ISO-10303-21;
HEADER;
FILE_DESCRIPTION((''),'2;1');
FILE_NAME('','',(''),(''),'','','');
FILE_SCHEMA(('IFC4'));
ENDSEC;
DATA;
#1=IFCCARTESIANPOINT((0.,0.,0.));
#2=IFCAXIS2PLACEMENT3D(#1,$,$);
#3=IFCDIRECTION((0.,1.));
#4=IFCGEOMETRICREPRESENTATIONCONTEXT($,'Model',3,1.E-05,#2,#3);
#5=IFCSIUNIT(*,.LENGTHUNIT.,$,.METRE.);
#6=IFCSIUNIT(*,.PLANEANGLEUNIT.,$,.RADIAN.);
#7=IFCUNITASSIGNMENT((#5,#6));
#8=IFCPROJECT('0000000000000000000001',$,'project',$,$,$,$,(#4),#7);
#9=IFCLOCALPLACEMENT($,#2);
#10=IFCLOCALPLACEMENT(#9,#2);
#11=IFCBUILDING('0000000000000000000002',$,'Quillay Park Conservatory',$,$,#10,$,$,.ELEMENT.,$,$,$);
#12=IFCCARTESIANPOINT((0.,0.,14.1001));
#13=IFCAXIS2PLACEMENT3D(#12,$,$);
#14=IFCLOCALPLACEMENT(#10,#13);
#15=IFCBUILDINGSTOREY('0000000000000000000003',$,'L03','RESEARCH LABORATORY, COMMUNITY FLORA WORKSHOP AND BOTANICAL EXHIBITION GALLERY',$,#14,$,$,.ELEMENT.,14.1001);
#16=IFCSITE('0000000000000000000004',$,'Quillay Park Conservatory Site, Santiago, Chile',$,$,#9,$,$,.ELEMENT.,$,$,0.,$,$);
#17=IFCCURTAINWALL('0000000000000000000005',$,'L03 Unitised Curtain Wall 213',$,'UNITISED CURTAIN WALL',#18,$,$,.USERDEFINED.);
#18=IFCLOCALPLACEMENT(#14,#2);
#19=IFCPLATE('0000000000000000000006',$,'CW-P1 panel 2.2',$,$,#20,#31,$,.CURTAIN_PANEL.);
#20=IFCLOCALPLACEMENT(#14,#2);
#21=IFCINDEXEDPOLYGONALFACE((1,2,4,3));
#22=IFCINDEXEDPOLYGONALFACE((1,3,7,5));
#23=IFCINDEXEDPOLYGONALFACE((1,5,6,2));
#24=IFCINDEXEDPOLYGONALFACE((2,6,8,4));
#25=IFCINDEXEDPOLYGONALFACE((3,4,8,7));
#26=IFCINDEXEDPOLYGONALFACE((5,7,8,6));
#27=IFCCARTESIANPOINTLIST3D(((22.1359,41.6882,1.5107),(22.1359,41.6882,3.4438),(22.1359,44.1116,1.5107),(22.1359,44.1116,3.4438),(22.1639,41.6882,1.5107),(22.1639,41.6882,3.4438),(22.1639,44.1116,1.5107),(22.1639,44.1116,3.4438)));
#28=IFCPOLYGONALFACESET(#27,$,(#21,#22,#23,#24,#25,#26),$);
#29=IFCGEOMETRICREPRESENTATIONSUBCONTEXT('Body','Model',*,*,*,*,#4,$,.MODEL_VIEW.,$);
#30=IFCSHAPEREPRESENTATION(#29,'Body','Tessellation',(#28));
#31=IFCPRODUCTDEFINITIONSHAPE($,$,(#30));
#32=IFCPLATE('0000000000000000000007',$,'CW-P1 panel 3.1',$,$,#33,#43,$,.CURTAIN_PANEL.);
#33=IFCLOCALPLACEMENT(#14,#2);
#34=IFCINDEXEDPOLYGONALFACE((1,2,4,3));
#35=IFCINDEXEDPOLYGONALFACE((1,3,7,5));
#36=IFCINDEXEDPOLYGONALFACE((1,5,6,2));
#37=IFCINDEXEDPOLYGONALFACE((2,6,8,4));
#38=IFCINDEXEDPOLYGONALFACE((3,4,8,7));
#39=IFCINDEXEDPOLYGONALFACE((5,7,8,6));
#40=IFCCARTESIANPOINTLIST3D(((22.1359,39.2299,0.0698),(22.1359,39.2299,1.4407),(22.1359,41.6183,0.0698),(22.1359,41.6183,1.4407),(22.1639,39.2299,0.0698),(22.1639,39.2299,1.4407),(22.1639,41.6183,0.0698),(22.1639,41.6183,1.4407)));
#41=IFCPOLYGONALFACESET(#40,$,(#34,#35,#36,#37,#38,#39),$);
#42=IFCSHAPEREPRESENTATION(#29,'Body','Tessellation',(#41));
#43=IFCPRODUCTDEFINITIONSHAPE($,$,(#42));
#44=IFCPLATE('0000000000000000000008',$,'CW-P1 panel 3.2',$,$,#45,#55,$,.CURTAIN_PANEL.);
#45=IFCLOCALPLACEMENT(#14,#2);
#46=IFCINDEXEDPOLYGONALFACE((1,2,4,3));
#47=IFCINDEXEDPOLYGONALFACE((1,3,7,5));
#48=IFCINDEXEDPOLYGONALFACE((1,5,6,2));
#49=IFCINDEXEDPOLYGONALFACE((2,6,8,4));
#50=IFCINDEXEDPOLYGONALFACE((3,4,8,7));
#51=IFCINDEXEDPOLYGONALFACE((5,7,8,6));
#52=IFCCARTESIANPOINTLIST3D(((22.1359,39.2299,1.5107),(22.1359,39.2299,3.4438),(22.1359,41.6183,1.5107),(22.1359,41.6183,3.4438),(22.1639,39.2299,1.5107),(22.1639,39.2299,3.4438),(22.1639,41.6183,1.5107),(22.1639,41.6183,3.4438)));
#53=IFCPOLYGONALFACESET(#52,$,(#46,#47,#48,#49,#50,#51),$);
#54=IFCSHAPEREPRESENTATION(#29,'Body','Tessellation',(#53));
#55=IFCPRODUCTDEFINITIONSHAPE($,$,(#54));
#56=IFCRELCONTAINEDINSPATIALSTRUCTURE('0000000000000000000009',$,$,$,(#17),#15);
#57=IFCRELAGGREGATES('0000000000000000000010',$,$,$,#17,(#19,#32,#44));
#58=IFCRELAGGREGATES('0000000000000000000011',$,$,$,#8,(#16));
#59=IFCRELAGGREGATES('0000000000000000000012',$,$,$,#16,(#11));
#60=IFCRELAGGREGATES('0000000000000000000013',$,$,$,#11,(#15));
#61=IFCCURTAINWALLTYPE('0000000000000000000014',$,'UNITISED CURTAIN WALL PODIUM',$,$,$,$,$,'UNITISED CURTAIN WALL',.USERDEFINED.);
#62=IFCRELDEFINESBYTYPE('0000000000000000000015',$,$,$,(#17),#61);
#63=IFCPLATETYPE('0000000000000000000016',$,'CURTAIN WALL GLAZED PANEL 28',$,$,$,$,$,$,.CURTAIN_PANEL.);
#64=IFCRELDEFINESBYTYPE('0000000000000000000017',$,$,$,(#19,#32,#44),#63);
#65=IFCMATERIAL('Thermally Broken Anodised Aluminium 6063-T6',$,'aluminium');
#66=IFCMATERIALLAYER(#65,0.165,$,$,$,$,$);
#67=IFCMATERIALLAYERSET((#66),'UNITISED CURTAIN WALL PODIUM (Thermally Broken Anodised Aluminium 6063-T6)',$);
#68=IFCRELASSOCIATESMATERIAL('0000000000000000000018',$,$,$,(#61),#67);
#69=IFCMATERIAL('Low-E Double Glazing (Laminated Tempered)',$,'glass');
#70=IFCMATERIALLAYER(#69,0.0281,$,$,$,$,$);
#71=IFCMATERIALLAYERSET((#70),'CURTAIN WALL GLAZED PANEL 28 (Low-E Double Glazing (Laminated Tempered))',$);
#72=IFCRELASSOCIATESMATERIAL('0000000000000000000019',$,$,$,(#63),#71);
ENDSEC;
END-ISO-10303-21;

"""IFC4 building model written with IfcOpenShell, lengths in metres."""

from ifc_helpers import new_model, si_unit, direction, frame, origin, origin_2d, place, context, subcontext, project, spatial, rectangle, extrude, material, layer, layer_set, type_object, element, aggregate, save


model = new_model("IFC4")

# Units and contexts
model_context = context("Model", 3, precision=1e-05, world=origin(), true_north=direction((0.0, 1.0)))
body_context = subcontext(model_context, "Body", "Model", "MODEL_VIEW")
ifc_project = project(units=[si_unit("LENGTHUNIT", "METRE"), si_unit("PLANEANGLEUNIT", "RADIAN")], contexts=[model_context])

# Site, building, storey
site_placement = place(None, origin())
site = spatial("IfcSite", under=ifc_project, at=site_placement, Name="Quillay Park Conservatory Site, Santiago, Chile", CompositionType="ELEMENT", RefElevation=0.0)
building_placement = place(site_placement, origin())
building = spatial("IfcBuilding", under=site, at=building_placement, Name="Quillay Park Conservatory", CompositionType="ELEMENT")
storey_placement = place(building_placement, frame((0.0, 0.0, 14.1001)))
storey = spatial("IfcBuildingStorey", under=building, at=storey_placement, Name="L03", Description="RESEARCH LABORATORY, COMMUNITY FLORA WORKSHOP AND BOTANICAL EXHIBITION GALLERY", CompositionType="ELEMENT", Elevation=14.1001)

# Shared definitions
ifc_material_1 = material(Name="Thermally Broken Anodised Aluminium 6063-T6", Category="aluminium")
ifc_layer_1 = layer(ifc_material_1, 0.165)
ifc_layer_set_1 = layer_set([ifc_layer_1], Name="UNITISED CURTAIN WALL PODIUM (Thermally Broken Anodised Aluminium 6063-T6)")
curtain_wall_type = type_object("IfcCurtainWallType", Name="UNITISED CURTAIN WALL PODIUM", ElementType="UNITISED CURTAIN WALL", PredefinedType="USERDEFINED", material=ifc_layer_set_1)

# Curtain wall
curtain_wall_1_placement = place(storey_placement, origin())
curtain_wall_1 = element("IfcCurtainWall", 1, at=curtain_wall_1_placement, inside=storey, type_object=curtain_wall_type, Name="L03 Unitised Curtain Wall 213", ObjectType="UNITISED CURTAIN WALL", PredefinedType="USERDEFINED")

# Plates
ifc_material_2 = material(Name="Low-E Double Glazing (Laminated Tempered)", Category="glass")
ifc_layer_2 = layer(ifc_material_2, 0.0281)
ifc_layer_set_2 = layer_set([ifc_layer_2], Name="CURTAIN WALL GLAZED PANEL 28 (Low-E Double Glazing (Laminated Tempered))")
plate_type = type_object("IfcPlateType", Name="CURTAIN WALL GLAZED PANEL 28", PredefinedType="CURTAIN_PANEL", material=ifc_layer_set_2)
plate_1_placement = place(storey_placement, frame((22.1499, 42.8999, 1.5107), z_axis=(0.0, 0.0, 1.0), x_axis=(0.0, -1.0, 0.0)))
plate_1 = element("IfcPlate", 2, at=plate_1_placement, type_object=plate_type, Name="CW-P1 panel 2.2", PredefinedType="CURTAIN_PANEL", context=body_context, shape_type="SweptSolid", body=[
    extrude(rectangle(XDim=2.4233, YDim=0.0281, at=origin_2d()), origin(), (0.0, 0.0, 1.0), 1.9331),
])
plate_2_placement = place(storey_placement, frame((22.1499, 40.4241, 0.0698), z_axis=(0.0, 0.0, 1.0), x_axis=(0.0, -1.0, 0.0)))
plate_2 = element("IfcPlate", 3, at=plate_2_placement, type_object=plate_type, Name="CW-P1 panel 3.1", PredefinedType="CURTAIN_PANEL", context=body_context, shape_type="SweptSolid", body=[
    extrude(rectangle(XDim=2.3884, YDim=0.0281, at=origin_2d()), origin(), (0.0, 0.0, 1.0), 1.3708),
])
plate_3_placement = place(storey_placement, frame((22.1499, 40.4241, 1.5107), z_axis=(0.0, 0.0, 1.0), x_axis=(0.0, -1.0, 0.0)))
plate_3 = element("IfcPlate", 4, at=plate_3_placement, type_object=plate_type, Name="CW-P1 panel 3.2", PredefinedType="CURTAIN_PANEL", context=body_context, shape_type="SweptSolid", body=[
    extrude(rectangle(XDim=2.3884, YDim=0.0281, at=origin_2d()), origin(), (0.0, 0.0, 1.0), 1.9331),
])
aggregate(curtain_wall_1, [plate_1, plate_2, plate_3])

save(model, "model.ifc")
